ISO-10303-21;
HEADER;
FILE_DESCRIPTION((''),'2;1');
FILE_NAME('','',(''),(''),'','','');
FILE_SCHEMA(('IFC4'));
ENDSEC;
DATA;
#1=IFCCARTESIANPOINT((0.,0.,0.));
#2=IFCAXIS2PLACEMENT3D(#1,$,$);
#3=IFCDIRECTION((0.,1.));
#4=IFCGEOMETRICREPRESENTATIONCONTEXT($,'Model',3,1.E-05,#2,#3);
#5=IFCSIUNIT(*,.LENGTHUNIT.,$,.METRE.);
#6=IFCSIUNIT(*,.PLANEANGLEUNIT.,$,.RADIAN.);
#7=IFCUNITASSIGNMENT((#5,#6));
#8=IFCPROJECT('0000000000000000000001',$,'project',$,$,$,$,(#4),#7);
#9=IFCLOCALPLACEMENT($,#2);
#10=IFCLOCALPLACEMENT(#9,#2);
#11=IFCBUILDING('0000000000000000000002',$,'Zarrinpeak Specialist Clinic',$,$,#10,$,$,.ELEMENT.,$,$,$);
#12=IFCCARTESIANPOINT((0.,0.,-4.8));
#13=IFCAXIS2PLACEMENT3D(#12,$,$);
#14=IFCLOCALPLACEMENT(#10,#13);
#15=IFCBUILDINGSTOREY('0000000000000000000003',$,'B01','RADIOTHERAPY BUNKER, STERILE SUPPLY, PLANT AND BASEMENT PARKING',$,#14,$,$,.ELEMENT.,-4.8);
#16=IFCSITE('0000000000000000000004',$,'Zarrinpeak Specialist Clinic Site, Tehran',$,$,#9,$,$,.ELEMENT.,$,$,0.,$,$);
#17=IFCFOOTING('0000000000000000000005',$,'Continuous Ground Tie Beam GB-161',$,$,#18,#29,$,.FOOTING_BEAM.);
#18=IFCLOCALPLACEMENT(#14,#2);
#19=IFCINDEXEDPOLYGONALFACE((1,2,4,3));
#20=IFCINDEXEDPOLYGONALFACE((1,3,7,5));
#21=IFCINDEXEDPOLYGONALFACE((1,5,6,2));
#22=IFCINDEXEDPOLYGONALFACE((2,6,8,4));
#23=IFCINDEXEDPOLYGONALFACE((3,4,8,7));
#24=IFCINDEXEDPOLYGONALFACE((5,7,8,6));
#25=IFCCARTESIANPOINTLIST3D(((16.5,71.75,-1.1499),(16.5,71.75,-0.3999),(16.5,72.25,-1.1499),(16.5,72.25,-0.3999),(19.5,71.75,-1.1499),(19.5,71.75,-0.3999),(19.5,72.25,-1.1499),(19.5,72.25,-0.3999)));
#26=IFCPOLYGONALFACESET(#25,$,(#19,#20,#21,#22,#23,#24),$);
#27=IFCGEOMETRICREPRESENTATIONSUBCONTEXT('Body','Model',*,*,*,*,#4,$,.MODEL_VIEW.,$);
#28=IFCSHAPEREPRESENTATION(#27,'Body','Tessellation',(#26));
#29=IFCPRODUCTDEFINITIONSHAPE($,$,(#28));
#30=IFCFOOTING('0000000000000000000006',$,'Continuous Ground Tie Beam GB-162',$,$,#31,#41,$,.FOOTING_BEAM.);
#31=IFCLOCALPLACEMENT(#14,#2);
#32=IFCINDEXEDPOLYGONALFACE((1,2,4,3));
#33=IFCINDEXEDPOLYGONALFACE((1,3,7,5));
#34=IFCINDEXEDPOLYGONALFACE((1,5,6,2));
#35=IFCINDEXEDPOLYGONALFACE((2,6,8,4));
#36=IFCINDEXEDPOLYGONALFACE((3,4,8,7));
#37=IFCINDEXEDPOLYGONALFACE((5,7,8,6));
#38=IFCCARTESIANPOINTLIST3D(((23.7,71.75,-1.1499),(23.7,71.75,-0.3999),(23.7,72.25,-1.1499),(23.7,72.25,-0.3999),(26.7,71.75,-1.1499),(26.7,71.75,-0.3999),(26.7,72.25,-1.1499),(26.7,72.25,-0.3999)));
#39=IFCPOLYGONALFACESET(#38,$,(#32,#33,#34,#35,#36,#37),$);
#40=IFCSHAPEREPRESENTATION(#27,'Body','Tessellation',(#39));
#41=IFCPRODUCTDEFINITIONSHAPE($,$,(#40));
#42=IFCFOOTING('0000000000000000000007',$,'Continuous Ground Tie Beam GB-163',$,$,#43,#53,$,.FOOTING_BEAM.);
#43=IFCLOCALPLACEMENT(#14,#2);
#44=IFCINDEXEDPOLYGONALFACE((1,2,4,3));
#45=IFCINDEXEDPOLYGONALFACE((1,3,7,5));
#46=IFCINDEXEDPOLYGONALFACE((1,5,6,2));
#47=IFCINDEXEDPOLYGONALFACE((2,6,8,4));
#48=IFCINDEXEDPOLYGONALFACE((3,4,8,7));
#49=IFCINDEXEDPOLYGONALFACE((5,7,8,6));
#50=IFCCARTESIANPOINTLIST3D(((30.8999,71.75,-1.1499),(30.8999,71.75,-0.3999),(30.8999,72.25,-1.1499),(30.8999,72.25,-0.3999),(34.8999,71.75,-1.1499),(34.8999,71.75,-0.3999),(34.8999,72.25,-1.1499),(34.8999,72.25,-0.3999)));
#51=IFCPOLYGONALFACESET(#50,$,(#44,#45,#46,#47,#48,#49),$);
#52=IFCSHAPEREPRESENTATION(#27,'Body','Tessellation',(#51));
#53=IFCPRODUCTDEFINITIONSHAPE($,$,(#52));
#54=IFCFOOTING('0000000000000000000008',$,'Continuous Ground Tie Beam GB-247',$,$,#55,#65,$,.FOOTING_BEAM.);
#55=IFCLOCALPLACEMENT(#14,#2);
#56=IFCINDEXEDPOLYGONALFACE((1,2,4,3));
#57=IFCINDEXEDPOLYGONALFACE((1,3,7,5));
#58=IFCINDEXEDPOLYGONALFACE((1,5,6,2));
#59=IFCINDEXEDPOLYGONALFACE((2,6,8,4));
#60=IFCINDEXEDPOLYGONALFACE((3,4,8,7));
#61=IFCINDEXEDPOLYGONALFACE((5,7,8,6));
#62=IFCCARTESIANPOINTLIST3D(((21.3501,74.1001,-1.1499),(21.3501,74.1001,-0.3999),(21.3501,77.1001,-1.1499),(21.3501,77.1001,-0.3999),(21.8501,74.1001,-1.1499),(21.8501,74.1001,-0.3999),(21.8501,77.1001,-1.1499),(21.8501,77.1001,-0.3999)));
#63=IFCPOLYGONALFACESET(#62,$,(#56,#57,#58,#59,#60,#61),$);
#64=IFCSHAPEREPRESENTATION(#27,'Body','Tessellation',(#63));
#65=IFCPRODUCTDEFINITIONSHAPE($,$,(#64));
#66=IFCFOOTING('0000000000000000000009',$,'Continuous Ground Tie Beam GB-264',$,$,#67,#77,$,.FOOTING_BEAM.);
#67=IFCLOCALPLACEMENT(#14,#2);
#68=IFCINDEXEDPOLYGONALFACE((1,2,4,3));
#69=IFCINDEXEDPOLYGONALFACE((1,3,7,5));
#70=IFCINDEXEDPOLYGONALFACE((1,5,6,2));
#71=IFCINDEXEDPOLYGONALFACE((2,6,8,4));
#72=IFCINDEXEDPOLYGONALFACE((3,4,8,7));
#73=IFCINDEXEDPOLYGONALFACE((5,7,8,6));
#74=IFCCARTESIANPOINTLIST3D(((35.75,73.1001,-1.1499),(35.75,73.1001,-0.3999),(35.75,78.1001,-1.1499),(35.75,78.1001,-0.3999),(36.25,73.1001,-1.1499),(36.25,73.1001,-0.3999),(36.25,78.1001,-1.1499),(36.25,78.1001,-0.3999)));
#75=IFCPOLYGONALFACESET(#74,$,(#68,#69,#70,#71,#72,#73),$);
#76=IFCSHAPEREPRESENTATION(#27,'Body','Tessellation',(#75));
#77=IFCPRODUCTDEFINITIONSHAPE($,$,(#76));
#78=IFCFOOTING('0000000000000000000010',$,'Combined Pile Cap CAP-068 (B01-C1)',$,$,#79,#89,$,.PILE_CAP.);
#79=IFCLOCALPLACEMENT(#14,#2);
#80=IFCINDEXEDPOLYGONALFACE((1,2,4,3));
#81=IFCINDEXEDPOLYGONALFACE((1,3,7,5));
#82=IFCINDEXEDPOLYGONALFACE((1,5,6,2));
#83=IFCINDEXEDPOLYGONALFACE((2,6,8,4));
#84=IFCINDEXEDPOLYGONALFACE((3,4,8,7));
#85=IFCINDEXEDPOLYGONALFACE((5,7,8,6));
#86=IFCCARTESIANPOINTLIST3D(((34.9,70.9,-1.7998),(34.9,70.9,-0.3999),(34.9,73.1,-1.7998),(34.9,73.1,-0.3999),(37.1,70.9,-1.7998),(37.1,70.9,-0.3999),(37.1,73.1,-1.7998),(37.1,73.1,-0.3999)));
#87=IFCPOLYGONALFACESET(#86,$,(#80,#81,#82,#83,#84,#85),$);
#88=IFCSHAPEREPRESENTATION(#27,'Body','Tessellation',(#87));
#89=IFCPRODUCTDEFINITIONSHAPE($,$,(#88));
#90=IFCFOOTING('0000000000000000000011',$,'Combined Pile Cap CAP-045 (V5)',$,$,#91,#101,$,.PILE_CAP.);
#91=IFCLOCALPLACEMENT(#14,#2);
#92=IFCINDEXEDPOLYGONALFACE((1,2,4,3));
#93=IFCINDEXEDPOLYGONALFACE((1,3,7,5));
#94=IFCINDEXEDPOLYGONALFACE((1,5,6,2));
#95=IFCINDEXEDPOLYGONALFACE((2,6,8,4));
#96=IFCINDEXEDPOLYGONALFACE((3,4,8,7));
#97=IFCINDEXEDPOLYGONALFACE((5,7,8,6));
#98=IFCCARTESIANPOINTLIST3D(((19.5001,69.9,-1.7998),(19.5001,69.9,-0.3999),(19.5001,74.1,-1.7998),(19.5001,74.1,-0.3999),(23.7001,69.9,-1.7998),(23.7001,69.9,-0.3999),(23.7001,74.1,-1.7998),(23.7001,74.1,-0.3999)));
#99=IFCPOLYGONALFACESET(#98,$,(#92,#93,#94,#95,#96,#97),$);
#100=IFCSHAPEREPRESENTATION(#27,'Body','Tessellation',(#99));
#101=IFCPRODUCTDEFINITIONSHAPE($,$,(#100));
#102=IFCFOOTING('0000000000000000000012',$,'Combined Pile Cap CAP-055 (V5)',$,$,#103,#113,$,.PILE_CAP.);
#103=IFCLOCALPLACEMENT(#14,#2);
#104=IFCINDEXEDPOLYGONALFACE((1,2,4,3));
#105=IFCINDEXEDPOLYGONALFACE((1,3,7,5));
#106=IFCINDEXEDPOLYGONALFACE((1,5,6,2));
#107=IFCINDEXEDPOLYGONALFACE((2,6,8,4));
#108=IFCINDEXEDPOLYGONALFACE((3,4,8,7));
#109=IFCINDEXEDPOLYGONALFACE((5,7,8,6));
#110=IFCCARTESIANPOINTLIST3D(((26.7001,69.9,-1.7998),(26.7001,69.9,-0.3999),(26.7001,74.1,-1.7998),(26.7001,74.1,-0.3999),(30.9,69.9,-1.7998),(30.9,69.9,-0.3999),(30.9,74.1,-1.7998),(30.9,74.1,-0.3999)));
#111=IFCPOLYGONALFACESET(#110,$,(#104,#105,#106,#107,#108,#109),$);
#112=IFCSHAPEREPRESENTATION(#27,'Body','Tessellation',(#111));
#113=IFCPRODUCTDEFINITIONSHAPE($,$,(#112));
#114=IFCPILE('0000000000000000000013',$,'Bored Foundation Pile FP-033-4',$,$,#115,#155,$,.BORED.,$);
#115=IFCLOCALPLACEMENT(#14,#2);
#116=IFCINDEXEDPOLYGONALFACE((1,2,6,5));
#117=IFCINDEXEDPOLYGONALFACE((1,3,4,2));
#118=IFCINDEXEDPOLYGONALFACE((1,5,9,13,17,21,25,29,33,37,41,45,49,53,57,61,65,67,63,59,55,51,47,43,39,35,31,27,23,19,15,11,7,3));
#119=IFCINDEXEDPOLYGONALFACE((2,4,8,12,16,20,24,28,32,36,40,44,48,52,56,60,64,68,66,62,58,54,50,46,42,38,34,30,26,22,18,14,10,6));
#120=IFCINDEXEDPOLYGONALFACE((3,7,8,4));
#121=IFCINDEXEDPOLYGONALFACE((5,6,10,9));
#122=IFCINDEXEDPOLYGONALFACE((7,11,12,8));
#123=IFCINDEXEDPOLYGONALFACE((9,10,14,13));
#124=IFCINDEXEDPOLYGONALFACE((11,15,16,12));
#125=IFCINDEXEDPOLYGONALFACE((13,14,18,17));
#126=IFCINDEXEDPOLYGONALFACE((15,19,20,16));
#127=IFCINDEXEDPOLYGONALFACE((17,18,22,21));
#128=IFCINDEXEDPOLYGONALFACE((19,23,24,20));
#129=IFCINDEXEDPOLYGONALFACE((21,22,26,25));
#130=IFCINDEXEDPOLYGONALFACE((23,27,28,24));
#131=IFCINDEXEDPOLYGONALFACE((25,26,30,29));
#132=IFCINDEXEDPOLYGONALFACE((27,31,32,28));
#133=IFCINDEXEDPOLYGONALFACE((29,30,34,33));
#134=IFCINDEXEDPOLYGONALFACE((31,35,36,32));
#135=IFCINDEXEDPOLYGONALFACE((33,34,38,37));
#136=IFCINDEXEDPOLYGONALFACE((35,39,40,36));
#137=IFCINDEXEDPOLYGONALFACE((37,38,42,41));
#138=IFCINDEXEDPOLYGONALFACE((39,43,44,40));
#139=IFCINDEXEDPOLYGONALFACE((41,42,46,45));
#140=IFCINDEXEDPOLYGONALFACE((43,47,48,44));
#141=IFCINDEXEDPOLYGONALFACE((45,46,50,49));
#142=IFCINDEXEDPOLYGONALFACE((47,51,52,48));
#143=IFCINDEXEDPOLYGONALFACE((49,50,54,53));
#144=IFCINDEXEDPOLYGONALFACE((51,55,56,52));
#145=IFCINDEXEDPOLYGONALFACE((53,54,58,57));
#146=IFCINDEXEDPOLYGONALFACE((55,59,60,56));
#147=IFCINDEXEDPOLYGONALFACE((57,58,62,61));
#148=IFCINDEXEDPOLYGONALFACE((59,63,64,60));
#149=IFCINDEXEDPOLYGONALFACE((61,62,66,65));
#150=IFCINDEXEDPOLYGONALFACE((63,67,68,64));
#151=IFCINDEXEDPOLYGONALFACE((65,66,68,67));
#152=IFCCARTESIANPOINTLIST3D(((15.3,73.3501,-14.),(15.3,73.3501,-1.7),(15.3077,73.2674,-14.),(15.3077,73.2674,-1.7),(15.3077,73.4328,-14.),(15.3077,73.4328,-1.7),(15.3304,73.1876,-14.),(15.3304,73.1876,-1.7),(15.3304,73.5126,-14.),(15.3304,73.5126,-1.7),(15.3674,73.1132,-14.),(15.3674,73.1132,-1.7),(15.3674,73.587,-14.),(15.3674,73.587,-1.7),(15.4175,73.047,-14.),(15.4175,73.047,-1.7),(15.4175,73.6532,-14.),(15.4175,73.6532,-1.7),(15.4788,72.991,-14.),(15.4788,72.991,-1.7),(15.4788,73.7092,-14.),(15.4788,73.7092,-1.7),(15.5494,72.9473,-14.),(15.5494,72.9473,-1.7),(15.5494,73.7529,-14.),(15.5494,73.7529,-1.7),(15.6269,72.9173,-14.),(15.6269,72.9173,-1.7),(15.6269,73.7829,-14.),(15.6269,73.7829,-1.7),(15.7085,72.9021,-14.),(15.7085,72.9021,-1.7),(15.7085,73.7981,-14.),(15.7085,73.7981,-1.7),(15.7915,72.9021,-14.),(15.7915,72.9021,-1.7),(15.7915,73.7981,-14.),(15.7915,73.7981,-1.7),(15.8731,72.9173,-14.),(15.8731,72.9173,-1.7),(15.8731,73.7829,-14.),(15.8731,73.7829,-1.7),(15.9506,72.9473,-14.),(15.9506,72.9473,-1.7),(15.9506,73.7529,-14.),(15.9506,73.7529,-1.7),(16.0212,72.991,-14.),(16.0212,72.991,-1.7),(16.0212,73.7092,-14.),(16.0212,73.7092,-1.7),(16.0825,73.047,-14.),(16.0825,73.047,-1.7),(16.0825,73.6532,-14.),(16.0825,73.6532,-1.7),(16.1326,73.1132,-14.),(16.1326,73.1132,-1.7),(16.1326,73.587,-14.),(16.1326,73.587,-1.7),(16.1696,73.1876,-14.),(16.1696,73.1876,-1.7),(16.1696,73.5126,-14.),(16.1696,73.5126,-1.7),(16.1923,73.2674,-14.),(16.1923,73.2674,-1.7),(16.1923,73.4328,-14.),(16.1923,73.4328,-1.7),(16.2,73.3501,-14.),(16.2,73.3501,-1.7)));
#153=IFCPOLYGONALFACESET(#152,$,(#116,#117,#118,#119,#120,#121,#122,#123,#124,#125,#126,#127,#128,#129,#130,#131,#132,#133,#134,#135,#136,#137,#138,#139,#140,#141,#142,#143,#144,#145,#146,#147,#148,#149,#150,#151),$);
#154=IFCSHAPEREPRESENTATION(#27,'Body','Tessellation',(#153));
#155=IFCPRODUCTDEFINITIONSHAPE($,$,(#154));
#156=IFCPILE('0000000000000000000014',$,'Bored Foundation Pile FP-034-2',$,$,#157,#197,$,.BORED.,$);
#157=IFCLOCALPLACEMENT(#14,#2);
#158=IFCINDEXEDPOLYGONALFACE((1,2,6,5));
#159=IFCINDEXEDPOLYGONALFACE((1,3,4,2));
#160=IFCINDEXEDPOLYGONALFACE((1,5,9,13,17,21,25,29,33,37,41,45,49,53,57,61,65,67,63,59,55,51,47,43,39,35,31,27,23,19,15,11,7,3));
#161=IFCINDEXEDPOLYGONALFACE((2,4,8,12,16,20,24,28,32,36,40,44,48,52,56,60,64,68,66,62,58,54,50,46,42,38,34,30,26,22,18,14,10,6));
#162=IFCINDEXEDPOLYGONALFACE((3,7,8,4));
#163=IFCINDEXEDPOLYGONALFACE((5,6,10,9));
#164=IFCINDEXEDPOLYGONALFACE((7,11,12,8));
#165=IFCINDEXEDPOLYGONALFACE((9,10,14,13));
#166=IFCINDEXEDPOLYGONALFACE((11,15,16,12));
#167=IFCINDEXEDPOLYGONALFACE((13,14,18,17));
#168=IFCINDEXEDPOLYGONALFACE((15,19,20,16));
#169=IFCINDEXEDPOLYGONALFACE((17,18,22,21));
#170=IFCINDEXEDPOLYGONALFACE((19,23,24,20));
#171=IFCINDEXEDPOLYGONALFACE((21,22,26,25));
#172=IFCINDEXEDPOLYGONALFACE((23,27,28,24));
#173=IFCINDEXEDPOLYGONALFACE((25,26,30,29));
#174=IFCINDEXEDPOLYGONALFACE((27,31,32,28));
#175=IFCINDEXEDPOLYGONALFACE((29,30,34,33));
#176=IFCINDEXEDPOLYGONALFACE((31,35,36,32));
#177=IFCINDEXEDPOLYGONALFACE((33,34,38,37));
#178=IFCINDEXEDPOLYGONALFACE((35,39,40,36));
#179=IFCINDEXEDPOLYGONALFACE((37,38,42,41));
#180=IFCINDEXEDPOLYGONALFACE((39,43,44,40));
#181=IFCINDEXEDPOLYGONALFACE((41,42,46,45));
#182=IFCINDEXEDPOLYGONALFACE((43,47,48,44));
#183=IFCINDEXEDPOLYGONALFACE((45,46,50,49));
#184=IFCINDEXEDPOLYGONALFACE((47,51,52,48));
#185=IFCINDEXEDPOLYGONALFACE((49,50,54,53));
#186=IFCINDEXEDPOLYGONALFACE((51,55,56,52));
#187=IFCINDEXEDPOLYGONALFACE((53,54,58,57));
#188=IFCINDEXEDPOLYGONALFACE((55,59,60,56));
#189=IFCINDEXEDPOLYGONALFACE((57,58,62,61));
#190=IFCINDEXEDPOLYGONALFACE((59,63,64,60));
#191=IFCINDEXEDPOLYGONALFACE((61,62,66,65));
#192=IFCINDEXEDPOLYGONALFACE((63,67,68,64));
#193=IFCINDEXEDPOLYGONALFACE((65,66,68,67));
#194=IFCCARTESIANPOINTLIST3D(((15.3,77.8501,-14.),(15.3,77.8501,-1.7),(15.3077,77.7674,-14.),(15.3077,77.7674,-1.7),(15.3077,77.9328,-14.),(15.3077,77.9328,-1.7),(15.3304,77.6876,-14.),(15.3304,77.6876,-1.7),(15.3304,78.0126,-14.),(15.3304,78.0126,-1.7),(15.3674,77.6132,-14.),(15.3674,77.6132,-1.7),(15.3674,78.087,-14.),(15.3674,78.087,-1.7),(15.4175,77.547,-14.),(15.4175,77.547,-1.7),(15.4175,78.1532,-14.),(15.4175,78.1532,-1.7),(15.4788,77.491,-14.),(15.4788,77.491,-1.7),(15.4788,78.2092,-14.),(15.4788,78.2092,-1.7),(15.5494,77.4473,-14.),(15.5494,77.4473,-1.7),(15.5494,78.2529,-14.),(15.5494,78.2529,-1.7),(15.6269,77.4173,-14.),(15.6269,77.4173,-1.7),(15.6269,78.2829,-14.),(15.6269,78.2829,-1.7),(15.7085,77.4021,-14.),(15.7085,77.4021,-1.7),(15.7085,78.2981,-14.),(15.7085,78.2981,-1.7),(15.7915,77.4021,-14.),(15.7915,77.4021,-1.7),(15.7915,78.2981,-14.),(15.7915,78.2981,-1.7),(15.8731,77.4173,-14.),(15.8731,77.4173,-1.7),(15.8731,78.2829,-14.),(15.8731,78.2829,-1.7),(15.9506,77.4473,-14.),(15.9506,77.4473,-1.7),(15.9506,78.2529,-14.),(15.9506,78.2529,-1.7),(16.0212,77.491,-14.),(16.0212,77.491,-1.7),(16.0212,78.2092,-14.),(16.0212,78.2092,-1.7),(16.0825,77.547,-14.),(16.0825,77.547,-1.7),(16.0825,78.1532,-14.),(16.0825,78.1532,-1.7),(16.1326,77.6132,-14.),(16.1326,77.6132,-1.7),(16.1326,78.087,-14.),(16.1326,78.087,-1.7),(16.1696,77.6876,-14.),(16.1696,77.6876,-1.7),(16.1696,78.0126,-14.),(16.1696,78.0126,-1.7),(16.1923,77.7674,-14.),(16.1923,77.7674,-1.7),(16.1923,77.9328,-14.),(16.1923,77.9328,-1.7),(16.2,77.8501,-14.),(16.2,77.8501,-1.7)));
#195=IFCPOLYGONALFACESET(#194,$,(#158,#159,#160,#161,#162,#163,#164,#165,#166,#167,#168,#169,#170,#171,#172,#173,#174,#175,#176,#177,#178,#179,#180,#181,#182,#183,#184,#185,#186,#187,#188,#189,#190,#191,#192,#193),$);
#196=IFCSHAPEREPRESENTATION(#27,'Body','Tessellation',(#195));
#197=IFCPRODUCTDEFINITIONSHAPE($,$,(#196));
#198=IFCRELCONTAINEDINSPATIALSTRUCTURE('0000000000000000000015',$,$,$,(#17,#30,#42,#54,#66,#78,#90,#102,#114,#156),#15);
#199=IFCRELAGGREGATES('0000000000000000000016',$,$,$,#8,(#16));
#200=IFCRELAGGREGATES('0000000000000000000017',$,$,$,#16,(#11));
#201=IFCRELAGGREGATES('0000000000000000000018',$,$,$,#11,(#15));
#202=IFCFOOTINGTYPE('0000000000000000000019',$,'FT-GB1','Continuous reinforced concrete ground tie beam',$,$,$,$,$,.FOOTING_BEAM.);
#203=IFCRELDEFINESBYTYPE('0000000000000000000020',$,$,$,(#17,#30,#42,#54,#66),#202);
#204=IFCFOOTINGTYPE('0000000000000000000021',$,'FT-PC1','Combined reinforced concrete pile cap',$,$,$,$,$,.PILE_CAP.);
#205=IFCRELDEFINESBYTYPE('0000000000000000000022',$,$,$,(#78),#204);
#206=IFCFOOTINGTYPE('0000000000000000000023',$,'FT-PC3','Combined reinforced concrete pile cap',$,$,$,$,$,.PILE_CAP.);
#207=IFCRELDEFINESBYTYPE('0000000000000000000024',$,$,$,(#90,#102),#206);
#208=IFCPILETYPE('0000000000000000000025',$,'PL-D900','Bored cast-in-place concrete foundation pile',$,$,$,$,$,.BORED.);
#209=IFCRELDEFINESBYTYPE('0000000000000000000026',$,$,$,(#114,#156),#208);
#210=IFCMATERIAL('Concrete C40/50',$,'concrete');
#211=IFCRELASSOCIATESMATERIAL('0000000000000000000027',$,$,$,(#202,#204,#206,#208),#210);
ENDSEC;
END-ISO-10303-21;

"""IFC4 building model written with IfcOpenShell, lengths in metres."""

from ifc_helpers import new_model, si_unit, direction, frame, origin, origin_2d, place, context, subcontext, project, spatial, rectangle, circle, extrude, material, material_profile, profile_set, type_object, element, save


model = new_model("IFC4")

# Units and contexts
model_context = context("Model", 3, precision=1e-05, world=origin(), true_north=direction((0.0, 1.0)))
body_context = subcontext(model_context, "Body", "Model", "MODEL_VIEW")
ifc_project = project(units=[si_unit("LENGTHUNIT", "METRE"), si_unit("PLANEANGLEUNIT", "RADIAN")], contexts=[model_context])

# Site, building, storey
site_placement = place(None, origin())
site = spatial("IfcSite", under=ifc_project, at=site_placement, Name="Zarrinpeak Specialist Clinic Site, Tehran", CompositionType="ELEMENT", RefElevation=0.0)
building_placement = place(site_placement, origin())
building = spatial("IfcBuilding", under=site, at=building_placement, Name="Zarrinpeak Specialist Clinic", CompositionType="ELEMENT")
storey_placement = place(building_placement, frame((0.0, 0.0, -4.8)))
storey = spatial("IfcBuildingStorey", under=building, at=storey_placement, Name="B01", Description="RADIOTHERAPY BUNKER, STERILE SUPPLY, PLANT AND BASEMENT PARKING", CompositionType="ELEMENT", Elevation=-4.8)

# Footings
ifc_material_1 = material(Name="Concrete C40/50", Category="concrete")
ifc_material_profile_1 = material_profile(ifc_material_1, rectangle(XDim=0.5, YDim=0.75, at=origin_2d()), Name="RC 500x750")
ifc_profile_set_1 = profile_set([ifc_material_profile_1], Name="Concrete C40/50")
footing_type_1 = type_object("IfcFootingType", Name="FT-GB1", Description="Continuous reinforced concrete ground tie beam", PredefinedType="FOOTING_BEAM", material=ifc_profile_set_1)
for number, where, z_axis, x_axis, name in (
    (1, (16.5, 72.0, -0.7749), (1.0, 0.0, 0.0), (0.0, 1.0, 0.0), "Continuous Ground Tie Beam GB-161"),
    (2, (23.7, 72.0, -0.7749), (1.0, 0.0, 0.0), (0.0, 1.0, 0.0), "Continuous Ground Tie Beam GB-162"),
):
    element("IfcFooting", number, at=place(storey_placement, frame(where, z_axis=z_axis, x_axis=x_axis)), inside=storey, type_object=footing_type_1, Name=name, PredefinedType="FOOTING_BEAM", context=body_context, shape_type="SweptSolid", body=[
        extrude(rectangle(XDim=0.5, YDim=0.75, at=origin_2d()), origin(), (0.0, 0.0, 1.0), 3.0),
    ])
footing_1_placement = place(storey_placement, frame((30.8999, 72.0, -0.7749), z_axis=(1.0, 0.0, 0.0), x_axis=(0.0, 1.0, 0.0)))
element("IfcFooting", 3, at=footing_1_placement, inside=storey, type_object=footing_type_1, Name="Continuous Ground Tie Beam GB-163", PredefinedType="FOOTING_BEAM", context=body_context, shape_type="SweptSolid", body=[
    extrude(rectangle(XDim=0.5, YDim=0.75, at=origin_2d()), origin(), (0.0, 0.0, 1.0), 4.0),
])
footing_2_placement = place(storey_placement, frame((21.6001, 74.1001, -0.7749), z_axis=(0.0, 1.0, 0.0), x_axis=(-1.0, 0.0, 0.0)))
element("IfcFooting", 4, at=footing_2_placement, inside=storey, type_object=footing_type_1, Name="Continuous Ground Tie Beam GB-247", PredefinedType="FOOTING_BEAM", context=body_context, shape_type="SweptSolid", body=[
    extrude(rectangle(XDim=0.5, YDim=0.75, at=origin_2d()), origin(), (0.0, 0.0, 1.0), 3.0),
])
footing_3_placement = place(storey_placement, frame((36.0, 73.1001, -0.7749), z_axis=(0.0, 1.0, 0.0), x_axis=(-1.0, 0.0, 0.0)))
element("IfcFooting", 5, at=footing_3_placement, inside=storey, type_object=footing_type_1, Name="Continuous Ground Tie Beam GB-264", PredefinedType="FOOTING_BEAM", context=body_context, shape_type="SweptSolid", body=[
    extrude(rectangle(XDim=0.5, YDim=0.75, at=origin_2d()), origin(), (0.0, 0.0, 1.0), 5.0),
])
footing_type_2 = type_object("IfcFootingType", Name="FT-PC1", Description="Combined reinforced concrete pile cap", PredefinedType="PILE_CAP", material=ifc_material_1)
footing_4_placement = place(storey_placement, frame((36.0, 72.0, -1.7998), z_axis=(0.0, 0.0, 1.0), x_axis=(1.0, 0.0, 0.0)))
element("IfcFooting", 6, at=footing_4_placement, inside=storey, type_object=footing_type_2, Name="Combined Pile Cap CAP-068 (B01-C1)", PredefinedType="PILE_CAP", context=body_context, shape_type="SweptSolid", body=[
    extrude(rectangle(XDim=2.2, YDim=2.2, at=origin_2d()), origin(), (0.0, 0.0, 1.0), 1.3999),
])
footing_type_3 = type_object("IfcFootingType", Name="FT-PC3", Description="Combined reinforced concrete pile cap", PredefinedType="PILE_CAP", material=ifc_material_1)
for number, where, z_axis, x_axis, name in (
    (7, (21.6001, 72.0, -1.7998), (0.0, 0.0, 1.0), (1.0, 0.0, 0.0), "Combined Pile Cap CAP-045 (V5)"),
    (8, (28.8, 72.0, -1.7998), (0.0, 0.0, 1.0), (1.0, 0.0, 0.0), "Combined Pile Cap CAP-055 (V5)"),
):
    element("IfcFooting", number, at=place(storey_placement, frame(where, z_axis=z_axis, x_axis=x_axis)), inside=storey, type_object=footing_type_3, Name=name, PredefinedType="PILE_CAP", context=body_context, shape_type="SweptSolid", body=[
        extrude(rectangle(XDim=4.2, YDim=4.2, at=origin_2d()), origin(), (0.0, 0.0, 1.0), 1.3999),
    ])

# Piles
ifc_material_profile_2 = material_profile(ifc_material_1, circle(Radius=0.45, at=origin_2d()), Name="BORED PILE D900")
ifc_profile_set_2 = profile_set([ifc_material_profile_2], Name="Concrete C40/50")
pile_type = type_object("IfcPileType", Name="PL-D900", Description="Bored cast-in-place concrete foundation pile", PredefinedType="BORED", material=ifc_profile_set_2)
for number, where, z_axis, x_axis, name in (
    (9, (15.75, 73.3501, -1.7), (0.0, 0.0, -1.0), (1.0, 0.0, 0.0), "Bored Foundation Pile FP-033-4"),
    (10, (15.75, 77.8501, -1.7), (0.0, 0.0, -1.0), (1.0, 0.0, 0.0), "Bored Foundation Pile FP-034-2"),
):
    element("IfcPile", number, at=place(storey_placement, frame(where, z_axis=z_axis, x_axis=x_axis)), inside=storey, type_object=pile_type, Name=name, PredefinedType="BORED", context=body_context, shape_type="SweptSolid", body=[
        extrude(circle(Radius=0.45, at=origin_2d()), origin(), (0.0, 0.0, 1.0), 12.3),
    ])

save(model, "model.ifc")
